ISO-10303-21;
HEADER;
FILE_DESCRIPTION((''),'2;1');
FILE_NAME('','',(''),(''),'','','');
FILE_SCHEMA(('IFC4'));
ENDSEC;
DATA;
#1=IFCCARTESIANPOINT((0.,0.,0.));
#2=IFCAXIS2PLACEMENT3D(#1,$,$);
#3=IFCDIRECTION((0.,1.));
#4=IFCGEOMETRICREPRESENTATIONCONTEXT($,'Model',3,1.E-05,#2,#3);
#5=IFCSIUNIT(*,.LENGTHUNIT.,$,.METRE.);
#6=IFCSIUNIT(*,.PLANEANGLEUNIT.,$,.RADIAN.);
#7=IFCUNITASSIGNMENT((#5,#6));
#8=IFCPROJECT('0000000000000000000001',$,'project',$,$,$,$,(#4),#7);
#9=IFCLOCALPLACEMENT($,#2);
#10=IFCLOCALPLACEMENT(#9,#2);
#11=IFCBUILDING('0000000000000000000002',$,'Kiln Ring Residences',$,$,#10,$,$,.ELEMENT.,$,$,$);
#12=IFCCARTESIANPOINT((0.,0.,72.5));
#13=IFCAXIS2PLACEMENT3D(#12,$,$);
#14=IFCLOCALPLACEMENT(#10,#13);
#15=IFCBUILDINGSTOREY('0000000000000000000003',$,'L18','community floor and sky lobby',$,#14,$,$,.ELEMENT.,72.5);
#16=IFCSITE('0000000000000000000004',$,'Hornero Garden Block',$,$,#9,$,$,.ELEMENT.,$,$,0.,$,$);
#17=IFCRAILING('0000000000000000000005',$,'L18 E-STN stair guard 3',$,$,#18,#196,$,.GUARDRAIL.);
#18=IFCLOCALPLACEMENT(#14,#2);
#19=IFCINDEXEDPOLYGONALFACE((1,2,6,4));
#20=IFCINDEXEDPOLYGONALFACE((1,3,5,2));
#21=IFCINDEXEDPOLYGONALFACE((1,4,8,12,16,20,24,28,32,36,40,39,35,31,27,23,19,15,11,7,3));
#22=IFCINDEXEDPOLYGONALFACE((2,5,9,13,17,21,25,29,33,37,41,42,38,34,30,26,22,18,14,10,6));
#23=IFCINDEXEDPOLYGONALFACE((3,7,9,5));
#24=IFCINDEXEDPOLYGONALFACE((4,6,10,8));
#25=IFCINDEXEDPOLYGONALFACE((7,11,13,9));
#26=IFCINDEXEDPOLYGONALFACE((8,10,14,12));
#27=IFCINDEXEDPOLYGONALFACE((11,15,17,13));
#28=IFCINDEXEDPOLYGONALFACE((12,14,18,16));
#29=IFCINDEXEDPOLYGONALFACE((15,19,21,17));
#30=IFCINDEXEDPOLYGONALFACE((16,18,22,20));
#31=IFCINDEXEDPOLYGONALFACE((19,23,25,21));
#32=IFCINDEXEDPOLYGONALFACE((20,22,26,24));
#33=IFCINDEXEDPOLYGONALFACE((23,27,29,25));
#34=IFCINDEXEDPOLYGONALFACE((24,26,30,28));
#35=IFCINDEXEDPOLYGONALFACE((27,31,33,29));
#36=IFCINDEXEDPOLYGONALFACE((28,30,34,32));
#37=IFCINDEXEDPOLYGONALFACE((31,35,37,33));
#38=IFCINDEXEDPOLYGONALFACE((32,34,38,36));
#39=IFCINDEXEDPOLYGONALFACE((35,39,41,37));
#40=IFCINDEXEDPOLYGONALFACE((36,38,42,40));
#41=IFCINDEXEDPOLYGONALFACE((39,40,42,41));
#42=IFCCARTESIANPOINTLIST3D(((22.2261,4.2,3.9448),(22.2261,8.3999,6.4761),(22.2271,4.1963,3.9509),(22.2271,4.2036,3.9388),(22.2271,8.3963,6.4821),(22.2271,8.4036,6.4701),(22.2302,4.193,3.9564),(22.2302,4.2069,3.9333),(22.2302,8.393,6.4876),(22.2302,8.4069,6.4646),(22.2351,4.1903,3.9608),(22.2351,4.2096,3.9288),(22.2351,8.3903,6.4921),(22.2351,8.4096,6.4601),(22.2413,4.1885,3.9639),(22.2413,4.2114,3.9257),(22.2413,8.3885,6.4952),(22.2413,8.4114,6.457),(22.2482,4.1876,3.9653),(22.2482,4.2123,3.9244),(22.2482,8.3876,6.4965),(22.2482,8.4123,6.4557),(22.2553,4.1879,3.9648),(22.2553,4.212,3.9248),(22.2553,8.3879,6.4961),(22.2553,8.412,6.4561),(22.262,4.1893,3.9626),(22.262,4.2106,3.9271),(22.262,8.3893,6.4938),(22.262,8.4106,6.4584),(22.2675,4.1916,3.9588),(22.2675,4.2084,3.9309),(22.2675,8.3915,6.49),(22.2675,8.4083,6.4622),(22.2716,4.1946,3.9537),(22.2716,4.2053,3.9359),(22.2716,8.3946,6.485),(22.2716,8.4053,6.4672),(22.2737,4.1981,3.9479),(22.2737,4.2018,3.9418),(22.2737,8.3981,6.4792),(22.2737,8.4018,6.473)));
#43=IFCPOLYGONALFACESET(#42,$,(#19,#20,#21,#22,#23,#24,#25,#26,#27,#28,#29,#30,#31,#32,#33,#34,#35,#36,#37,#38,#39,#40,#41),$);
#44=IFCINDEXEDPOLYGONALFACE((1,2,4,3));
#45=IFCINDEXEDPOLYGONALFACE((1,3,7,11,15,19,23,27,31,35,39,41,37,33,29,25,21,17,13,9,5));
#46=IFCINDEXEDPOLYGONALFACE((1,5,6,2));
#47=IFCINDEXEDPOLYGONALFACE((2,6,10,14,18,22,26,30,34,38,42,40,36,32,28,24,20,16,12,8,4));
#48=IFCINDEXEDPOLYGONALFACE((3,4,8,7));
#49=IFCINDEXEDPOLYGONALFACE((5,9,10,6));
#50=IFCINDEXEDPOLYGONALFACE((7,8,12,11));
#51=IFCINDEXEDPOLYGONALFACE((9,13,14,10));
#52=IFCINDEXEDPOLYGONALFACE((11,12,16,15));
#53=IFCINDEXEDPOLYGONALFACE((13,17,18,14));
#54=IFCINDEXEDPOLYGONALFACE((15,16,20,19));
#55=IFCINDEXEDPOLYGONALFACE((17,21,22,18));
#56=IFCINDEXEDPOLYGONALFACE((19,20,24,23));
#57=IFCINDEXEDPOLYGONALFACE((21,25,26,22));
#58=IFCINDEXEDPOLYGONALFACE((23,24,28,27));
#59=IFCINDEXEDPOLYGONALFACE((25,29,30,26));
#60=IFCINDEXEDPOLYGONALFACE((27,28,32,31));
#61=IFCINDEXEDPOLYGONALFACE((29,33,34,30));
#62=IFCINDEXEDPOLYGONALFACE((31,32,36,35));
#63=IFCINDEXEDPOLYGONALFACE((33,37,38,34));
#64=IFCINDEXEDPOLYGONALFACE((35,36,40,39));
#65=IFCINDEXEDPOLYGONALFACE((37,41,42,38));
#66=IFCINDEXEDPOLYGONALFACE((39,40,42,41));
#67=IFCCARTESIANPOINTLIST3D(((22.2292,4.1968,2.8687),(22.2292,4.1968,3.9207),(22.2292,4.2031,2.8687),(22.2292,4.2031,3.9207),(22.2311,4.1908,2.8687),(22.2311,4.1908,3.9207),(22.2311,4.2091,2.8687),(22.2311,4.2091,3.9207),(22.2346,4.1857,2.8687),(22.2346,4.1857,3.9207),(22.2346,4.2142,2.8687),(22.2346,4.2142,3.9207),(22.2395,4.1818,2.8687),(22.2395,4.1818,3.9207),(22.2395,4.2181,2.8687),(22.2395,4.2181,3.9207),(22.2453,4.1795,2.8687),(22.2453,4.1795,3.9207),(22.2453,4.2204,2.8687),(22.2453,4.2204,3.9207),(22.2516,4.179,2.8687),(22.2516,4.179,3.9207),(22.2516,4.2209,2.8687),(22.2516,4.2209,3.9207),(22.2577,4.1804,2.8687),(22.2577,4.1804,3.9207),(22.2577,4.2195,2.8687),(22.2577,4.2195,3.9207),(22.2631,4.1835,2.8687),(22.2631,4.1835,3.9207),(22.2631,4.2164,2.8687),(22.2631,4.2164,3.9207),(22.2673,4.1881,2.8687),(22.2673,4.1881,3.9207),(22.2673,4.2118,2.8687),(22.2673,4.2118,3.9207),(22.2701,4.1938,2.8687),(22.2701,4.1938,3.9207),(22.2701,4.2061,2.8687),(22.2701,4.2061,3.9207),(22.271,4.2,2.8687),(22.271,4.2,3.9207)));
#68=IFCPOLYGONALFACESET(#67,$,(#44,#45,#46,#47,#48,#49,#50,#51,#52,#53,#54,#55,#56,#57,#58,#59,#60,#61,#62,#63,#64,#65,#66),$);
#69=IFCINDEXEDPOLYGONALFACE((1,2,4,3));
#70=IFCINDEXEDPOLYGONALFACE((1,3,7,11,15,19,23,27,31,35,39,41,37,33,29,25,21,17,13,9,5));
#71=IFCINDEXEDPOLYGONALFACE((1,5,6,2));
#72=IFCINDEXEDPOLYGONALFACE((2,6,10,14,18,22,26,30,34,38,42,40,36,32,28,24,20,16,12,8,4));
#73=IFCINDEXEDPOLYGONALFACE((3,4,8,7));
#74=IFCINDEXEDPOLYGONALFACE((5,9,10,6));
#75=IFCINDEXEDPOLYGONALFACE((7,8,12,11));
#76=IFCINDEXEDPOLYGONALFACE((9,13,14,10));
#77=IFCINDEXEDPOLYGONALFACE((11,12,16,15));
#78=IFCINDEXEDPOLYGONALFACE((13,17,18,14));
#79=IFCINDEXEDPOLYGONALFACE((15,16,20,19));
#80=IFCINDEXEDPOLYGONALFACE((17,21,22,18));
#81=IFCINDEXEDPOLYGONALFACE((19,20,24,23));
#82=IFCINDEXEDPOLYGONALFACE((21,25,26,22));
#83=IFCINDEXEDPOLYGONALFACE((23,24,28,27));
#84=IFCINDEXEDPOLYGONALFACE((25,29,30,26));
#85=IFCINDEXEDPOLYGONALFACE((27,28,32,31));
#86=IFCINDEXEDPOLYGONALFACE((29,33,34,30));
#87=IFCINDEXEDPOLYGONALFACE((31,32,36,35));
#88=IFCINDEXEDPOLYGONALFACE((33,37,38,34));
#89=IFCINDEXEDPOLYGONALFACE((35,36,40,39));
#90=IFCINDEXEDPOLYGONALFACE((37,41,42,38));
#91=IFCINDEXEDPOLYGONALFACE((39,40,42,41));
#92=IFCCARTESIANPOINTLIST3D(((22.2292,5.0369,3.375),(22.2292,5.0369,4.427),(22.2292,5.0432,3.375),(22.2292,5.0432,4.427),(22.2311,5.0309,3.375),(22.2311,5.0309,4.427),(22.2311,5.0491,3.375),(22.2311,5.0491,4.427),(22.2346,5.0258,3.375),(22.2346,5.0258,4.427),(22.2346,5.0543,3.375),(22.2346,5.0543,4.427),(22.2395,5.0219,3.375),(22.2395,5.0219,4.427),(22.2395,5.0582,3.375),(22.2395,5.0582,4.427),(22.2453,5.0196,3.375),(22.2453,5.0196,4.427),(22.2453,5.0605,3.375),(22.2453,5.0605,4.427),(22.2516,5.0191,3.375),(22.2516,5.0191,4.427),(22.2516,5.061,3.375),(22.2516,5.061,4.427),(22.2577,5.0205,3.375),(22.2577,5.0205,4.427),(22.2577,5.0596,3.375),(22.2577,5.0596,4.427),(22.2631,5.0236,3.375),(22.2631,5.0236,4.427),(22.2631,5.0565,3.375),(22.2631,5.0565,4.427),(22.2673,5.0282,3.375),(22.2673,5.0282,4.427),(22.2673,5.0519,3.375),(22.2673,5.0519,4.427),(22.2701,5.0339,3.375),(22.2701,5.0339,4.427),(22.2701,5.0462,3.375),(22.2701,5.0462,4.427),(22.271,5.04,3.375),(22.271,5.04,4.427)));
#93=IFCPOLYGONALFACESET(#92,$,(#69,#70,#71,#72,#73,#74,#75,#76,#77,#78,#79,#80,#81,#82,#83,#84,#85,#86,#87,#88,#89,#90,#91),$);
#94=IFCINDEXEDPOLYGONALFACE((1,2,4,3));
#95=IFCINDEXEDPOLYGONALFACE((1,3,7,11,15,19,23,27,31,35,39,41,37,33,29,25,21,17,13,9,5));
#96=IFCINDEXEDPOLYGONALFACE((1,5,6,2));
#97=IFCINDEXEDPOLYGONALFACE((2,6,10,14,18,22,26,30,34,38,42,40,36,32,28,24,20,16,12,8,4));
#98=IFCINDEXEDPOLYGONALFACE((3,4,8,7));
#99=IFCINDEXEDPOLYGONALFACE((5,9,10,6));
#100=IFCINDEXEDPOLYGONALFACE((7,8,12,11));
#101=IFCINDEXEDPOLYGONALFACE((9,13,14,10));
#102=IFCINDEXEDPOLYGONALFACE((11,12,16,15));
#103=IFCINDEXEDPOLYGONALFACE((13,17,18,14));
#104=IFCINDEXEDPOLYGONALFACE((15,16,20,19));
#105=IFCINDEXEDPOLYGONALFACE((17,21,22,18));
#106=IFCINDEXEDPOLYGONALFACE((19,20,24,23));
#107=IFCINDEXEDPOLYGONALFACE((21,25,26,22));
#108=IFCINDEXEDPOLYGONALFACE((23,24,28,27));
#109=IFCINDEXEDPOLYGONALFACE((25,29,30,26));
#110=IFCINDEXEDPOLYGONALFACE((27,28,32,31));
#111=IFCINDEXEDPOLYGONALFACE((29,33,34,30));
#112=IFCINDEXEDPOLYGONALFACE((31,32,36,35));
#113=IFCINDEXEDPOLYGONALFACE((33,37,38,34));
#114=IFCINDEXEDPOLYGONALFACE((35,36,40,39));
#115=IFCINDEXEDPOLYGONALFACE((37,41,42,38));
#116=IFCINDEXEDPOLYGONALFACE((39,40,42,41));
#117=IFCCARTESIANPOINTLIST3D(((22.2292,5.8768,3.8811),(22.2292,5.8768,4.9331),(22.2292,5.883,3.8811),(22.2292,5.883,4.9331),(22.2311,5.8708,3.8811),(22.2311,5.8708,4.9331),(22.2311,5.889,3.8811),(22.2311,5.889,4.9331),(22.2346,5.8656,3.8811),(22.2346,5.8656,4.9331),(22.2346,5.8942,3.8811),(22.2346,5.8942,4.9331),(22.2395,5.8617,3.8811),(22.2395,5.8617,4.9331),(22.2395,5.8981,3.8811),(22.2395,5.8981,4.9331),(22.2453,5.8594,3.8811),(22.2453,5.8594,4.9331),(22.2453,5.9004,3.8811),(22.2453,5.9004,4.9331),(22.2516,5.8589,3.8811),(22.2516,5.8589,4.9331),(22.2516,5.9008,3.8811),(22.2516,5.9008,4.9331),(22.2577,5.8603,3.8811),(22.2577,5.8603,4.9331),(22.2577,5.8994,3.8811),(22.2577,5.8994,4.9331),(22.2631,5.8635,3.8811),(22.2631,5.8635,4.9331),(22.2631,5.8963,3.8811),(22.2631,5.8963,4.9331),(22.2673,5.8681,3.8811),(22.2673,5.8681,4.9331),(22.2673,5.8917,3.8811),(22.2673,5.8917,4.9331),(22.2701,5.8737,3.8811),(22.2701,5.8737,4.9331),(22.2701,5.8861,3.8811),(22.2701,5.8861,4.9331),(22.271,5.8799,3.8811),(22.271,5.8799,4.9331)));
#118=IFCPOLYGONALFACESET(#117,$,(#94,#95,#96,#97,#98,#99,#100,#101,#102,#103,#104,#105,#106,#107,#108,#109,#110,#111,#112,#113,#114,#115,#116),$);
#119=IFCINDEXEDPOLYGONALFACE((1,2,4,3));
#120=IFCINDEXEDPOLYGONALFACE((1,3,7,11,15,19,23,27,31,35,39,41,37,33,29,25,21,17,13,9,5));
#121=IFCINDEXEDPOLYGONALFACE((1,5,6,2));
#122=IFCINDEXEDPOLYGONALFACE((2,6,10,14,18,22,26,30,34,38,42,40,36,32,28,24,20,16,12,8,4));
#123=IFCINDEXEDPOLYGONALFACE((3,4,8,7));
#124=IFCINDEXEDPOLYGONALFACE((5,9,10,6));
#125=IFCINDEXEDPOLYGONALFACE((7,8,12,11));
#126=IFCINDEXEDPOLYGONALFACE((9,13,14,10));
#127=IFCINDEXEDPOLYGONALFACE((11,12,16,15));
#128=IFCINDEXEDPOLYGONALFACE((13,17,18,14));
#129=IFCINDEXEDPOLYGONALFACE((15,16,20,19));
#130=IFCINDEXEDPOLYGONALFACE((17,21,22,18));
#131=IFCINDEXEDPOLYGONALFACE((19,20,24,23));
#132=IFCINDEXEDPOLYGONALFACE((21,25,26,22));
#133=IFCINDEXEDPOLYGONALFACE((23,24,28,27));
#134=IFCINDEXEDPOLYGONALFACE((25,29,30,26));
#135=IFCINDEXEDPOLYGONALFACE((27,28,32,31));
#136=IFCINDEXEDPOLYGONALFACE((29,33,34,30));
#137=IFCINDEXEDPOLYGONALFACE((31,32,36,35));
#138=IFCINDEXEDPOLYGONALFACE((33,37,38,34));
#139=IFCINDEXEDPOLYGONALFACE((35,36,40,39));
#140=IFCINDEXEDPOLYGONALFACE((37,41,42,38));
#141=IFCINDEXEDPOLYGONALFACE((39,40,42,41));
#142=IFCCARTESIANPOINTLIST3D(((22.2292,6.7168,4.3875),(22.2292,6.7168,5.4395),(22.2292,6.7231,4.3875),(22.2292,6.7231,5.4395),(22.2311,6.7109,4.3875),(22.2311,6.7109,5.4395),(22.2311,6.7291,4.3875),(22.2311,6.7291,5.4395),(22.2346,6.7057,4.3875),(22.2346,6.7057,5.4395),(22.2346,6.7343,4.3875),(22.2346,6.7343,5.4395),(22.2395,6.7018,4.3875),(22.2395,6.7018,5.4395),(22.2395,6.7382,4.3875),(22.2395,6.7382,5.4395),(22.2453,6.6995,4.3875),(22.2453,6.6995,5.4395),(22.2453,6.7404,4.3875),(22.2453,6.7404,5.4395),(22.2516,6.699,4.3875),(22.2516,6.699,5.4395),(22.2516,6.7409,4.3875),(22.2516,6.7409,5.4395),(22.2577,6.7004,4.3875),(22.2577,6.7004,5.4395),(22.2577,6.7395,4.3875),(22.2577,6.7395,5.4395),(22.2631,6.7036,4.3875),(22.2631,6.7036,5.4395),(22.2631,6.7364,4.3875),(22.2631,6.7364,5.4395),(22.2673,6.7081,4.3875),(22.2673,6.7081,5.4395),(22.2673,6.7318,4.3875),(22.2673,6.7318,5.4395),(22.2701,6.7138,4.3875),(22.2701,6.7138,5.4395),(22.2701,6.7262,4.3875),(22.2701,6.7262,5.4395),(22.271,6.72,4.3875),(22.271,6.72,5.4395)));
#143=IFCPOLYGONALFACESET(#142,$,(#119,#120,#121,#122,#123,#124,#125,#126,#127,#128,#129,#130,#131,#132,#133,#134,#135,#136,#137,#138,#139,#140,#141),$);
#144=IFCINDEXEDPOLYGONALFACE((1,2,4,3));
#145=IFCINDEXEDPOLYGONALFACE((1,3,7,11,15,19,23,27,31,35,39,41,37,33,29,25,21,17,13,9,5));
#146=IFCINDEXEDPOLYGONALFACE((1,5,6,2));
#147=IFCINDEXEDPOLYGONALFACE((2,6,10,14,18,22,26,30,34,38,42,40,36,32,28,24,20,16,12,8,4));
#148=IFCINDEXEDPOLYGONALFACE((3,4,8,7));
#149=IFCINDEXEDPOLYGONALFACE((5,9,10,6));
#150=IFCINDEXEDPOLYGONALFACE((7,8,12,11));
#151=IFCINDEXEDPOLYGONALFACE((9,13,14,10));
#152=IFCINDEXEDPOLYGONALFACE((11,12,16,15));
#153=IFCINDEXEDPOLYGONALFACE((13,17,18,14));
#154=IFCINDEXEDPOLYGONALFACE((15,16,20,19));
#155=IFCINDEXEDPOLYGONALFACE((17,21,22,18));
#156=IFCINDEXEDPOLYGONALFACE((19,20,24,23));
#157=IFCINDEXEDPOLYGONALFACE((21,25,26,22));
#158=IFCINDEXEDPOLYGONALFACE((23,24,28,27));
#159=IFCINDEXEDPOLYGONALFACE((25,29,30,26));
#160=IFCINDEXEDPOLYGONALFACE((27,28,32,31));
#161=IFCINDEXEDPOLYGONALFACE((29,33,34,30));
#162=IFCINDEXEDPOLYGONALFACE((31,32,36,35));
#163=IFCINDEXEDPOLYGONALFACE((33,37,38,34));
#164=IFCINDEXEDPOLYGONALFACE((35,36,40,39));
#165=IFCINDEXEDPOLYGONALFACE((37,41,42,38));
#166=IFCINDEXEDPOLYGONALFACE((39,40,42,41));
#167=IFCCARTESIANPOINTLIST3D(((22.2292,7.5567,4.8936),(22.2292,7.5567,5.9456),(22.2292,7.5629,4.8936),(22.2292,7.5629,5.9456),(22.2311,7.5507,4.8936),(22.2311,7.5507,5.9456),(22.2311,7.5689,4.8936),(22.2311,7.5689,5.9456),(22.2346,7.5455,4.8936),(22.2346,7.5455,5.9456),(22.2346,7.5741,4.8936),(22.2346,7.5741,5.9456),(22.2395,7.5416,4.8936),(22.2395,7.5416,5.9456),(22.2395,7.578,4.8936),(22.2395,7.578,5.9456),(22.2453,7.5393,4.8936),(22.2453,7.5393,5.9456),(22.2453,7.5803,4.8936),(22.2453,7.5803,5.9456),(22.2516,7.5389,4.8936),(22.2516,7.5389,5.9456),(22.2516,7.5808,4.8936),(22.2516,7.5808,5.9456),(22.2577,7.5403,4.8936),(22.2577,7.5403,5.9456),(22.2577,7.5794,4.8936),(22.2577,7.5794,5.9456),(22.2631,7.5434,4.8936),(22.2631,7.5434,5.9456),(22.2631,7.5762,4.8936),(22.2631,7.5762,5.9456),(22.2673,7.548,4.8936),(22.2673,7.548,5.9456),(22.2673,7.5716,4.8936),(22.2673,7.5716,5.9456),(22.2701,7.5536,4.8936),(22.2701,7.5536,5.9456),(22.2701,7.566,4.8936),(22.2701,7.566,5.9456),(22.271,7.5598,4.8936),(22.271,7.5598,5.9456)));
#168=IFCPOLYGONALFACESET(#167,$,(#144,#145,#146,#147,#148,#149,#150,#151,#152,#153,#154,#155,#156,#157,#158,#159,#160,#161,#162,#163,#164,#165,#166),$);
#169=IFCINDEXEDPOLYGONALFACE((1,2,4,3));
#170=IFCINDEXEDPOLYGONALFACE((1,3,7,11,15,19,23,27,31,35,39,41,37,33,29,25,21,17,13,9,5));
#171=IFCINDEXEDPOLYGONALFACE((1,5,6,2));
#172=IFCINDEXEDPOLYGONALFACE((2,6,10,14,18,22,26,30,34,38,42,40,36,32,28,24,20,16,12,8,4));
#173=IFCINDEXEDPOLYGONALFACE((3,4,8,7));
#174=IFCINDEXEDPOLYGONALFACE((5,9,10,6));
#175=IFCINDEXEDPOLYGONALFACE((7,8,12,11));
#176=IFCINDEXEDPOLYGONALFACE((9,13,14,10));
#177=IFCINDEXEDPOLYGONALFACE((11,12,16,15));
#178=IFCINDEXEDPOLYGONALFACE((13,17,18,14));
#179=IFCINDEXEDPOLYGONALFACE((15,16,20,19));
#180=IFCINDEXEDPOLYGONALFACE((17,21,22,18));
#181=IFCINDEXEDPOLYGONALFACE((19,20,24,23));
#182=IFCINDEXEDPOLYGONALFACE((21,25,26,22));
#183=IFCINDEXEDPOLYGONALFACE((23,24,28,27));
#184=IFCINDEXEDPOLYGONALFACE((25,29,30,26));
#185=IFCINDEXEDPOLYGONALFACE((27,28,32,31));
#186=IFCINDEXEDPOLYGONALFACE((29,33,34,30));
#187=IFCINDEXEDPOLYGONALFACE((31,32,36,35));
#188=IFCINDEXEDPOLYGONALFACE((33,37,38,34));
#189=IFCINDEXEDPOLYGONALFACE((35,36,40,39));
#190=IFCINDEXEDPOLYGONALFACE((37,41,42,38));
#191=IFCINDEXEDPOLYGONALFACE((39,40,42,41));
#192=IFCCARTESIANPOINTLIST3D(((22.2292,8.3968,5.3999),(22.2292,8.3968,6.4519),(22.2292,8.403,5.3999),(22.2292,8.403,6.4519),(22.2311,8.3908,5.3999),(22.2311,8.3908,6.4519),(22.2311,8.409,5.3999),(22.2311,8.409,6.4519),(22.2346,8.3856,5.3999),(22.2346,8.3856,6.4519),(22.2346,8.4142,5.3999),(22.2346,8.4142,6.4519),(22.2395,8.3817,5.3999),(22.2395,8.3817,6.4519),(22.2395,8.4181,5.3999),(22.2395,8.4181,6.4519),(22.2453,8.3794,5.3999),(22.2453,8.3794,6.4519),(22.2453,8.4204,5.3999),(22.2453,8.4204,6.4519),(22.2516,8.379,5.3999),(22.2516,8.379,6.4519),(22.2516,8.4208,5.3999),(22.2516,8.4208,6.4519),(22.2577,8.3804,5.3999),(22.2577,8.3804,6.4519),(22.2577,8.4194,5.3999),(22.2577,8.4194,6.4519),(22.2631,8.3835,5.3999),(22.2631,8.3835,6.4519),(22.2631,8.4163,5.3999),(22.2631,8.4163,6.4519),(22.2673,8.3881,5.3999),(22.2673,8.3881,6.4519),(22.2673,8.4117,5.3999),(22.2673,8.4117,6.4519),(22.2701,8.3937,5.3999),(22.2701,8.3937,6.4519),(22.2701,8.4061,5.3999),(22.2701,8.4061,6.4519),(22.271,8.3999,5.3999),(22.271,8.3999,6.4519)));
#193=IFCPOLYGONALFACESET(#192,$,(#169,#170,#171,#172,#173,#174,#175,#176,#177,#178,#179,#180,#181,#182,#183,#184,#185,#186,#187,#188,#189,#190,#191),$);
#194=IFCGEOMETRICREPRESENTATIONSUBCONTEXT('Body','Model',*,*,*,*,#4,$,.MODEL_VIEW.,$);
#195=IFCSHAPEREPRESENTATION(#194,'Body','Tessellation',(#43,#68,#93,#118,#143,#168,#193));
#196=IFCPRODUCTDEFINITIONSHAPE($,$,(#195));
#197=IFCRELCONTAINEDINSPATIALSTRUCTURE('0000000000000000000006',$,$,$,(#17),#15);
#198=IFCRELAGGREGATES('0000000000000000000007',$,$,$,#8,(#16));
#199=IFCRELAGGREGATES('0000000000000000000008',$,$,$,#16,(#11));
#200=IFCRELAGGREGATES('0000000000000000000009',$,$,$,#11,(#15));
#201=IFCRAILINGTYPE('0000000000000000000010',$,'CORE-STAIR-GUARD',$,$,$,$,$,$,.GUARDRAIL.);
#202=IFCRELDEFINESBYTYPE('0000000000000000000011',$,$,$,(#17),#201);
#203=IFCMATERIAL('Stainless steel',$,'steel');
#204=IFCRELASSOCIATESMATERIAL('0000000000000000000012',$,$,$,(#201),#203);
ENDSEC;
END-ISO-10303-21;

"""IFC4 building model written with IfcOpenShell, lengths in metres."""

from ifc_helpers import new_model, si_unit, direction, frame, origin, origin_2d, place, context, subcontext, project, spatial, circle, extrude, material, type_object, element, save


model = new_model("IFC4")

# Units and contexts
model_context = context("Model", 3, precision=1e-05, world=origin(), true_north=direction((0.0, 1.0)))
body_context = subcontext(model_context, "Body", "Model", "MODEL_VIEW")
ifc_project = project(units=[si_unit("LENGTHUNIT", "METRE"), si_unit("PLANEANGLEUNIT", "RADIAN")], contexts=[model_context])

# Site, building, storey
site_placement = place(None, origin())
site = spatial("IfcSite", under=ifc_project, at=site_placement, Name="Hornero Garden Block", CompositionType="ELEMENT", RefElevation=0.0)
building_placement = place(site_placement, origin())
building = spatial("IfcBuilding", under=site, at=building_placement, Name="Kiln Ring Residences", CompositionType="ELEMENT")
storey_placement = place(building_placement, frame((0.0, 0.0, 72.5)))
storey = spatial("IfcBuildingStorey", under=building, at=storey_placement, Name="L18", Description="community floor and sky lobby", CompositionType="ELEMENT", Elevation=72.5)

# Railing
ifc_material_1 = material(Name="Stainless steel", Category="steel")
railing_type_1 = type_object("IfcRailingType", Name="CORE-STAIR-GUARD", PredefinedType="GUARDRAIL", material=ifc_material_1)
railing_1_placement = place(storey_placement, frame((22.25, 4.2, 2.8687)))
element("IfcRailing", 1, at=railing_1_placement, inside=storey, type_object=railing_type_1, Name="L18 E-STN stair guard 3", PredefinedType="GUARDRAIL", context=body_context, shape_type="SweptSolid", body=[
    extrude(circle(Radius=0.0239, at=origin_2d()), frame((0.0, 0.0, 1.0762), z_axis=(0.0, 0.856476, 0.516186), x_axis=(-1.0, 0.0, 0.0)), (0.0, 0.0, 1.0), 4.9038),
    extrude(circle(Radius=0.021, at=origin_2d()), origin(), (0.0, 0.0, 1.0), 1.052),
    extrude(circle(Radius=0.021, at=origin_2d()), frame((0.0, 0.8401, 0.5063)), (0.0, 0.0, 1.0), 1.052),
    extrude(circle(Radius=0.021, at=origin_2d()), frame((0.0, 1.6799, 1.0125)), (0.0, 0.0, 1.0), 1.052),
    extrude(circle(Radius=0.021, at=origin_2d()), frame((0.0, 2.52, 1.5188)), (0.0, 0.0, 1.0), 1.052),
    extrude(circle(Radius=0.021, at=origin_2d()), frame((0.0, 3.3599, 2.0249)), (0.0, 0.0, 1.0), 1.052),
    extrude(circle(Radius=0.021, at=origin_2d()), frame((0.0, 4.2, 2.5312)), (0.0, 0.0, 1.0), 1.052),
])

save(model, "model.ifc")
